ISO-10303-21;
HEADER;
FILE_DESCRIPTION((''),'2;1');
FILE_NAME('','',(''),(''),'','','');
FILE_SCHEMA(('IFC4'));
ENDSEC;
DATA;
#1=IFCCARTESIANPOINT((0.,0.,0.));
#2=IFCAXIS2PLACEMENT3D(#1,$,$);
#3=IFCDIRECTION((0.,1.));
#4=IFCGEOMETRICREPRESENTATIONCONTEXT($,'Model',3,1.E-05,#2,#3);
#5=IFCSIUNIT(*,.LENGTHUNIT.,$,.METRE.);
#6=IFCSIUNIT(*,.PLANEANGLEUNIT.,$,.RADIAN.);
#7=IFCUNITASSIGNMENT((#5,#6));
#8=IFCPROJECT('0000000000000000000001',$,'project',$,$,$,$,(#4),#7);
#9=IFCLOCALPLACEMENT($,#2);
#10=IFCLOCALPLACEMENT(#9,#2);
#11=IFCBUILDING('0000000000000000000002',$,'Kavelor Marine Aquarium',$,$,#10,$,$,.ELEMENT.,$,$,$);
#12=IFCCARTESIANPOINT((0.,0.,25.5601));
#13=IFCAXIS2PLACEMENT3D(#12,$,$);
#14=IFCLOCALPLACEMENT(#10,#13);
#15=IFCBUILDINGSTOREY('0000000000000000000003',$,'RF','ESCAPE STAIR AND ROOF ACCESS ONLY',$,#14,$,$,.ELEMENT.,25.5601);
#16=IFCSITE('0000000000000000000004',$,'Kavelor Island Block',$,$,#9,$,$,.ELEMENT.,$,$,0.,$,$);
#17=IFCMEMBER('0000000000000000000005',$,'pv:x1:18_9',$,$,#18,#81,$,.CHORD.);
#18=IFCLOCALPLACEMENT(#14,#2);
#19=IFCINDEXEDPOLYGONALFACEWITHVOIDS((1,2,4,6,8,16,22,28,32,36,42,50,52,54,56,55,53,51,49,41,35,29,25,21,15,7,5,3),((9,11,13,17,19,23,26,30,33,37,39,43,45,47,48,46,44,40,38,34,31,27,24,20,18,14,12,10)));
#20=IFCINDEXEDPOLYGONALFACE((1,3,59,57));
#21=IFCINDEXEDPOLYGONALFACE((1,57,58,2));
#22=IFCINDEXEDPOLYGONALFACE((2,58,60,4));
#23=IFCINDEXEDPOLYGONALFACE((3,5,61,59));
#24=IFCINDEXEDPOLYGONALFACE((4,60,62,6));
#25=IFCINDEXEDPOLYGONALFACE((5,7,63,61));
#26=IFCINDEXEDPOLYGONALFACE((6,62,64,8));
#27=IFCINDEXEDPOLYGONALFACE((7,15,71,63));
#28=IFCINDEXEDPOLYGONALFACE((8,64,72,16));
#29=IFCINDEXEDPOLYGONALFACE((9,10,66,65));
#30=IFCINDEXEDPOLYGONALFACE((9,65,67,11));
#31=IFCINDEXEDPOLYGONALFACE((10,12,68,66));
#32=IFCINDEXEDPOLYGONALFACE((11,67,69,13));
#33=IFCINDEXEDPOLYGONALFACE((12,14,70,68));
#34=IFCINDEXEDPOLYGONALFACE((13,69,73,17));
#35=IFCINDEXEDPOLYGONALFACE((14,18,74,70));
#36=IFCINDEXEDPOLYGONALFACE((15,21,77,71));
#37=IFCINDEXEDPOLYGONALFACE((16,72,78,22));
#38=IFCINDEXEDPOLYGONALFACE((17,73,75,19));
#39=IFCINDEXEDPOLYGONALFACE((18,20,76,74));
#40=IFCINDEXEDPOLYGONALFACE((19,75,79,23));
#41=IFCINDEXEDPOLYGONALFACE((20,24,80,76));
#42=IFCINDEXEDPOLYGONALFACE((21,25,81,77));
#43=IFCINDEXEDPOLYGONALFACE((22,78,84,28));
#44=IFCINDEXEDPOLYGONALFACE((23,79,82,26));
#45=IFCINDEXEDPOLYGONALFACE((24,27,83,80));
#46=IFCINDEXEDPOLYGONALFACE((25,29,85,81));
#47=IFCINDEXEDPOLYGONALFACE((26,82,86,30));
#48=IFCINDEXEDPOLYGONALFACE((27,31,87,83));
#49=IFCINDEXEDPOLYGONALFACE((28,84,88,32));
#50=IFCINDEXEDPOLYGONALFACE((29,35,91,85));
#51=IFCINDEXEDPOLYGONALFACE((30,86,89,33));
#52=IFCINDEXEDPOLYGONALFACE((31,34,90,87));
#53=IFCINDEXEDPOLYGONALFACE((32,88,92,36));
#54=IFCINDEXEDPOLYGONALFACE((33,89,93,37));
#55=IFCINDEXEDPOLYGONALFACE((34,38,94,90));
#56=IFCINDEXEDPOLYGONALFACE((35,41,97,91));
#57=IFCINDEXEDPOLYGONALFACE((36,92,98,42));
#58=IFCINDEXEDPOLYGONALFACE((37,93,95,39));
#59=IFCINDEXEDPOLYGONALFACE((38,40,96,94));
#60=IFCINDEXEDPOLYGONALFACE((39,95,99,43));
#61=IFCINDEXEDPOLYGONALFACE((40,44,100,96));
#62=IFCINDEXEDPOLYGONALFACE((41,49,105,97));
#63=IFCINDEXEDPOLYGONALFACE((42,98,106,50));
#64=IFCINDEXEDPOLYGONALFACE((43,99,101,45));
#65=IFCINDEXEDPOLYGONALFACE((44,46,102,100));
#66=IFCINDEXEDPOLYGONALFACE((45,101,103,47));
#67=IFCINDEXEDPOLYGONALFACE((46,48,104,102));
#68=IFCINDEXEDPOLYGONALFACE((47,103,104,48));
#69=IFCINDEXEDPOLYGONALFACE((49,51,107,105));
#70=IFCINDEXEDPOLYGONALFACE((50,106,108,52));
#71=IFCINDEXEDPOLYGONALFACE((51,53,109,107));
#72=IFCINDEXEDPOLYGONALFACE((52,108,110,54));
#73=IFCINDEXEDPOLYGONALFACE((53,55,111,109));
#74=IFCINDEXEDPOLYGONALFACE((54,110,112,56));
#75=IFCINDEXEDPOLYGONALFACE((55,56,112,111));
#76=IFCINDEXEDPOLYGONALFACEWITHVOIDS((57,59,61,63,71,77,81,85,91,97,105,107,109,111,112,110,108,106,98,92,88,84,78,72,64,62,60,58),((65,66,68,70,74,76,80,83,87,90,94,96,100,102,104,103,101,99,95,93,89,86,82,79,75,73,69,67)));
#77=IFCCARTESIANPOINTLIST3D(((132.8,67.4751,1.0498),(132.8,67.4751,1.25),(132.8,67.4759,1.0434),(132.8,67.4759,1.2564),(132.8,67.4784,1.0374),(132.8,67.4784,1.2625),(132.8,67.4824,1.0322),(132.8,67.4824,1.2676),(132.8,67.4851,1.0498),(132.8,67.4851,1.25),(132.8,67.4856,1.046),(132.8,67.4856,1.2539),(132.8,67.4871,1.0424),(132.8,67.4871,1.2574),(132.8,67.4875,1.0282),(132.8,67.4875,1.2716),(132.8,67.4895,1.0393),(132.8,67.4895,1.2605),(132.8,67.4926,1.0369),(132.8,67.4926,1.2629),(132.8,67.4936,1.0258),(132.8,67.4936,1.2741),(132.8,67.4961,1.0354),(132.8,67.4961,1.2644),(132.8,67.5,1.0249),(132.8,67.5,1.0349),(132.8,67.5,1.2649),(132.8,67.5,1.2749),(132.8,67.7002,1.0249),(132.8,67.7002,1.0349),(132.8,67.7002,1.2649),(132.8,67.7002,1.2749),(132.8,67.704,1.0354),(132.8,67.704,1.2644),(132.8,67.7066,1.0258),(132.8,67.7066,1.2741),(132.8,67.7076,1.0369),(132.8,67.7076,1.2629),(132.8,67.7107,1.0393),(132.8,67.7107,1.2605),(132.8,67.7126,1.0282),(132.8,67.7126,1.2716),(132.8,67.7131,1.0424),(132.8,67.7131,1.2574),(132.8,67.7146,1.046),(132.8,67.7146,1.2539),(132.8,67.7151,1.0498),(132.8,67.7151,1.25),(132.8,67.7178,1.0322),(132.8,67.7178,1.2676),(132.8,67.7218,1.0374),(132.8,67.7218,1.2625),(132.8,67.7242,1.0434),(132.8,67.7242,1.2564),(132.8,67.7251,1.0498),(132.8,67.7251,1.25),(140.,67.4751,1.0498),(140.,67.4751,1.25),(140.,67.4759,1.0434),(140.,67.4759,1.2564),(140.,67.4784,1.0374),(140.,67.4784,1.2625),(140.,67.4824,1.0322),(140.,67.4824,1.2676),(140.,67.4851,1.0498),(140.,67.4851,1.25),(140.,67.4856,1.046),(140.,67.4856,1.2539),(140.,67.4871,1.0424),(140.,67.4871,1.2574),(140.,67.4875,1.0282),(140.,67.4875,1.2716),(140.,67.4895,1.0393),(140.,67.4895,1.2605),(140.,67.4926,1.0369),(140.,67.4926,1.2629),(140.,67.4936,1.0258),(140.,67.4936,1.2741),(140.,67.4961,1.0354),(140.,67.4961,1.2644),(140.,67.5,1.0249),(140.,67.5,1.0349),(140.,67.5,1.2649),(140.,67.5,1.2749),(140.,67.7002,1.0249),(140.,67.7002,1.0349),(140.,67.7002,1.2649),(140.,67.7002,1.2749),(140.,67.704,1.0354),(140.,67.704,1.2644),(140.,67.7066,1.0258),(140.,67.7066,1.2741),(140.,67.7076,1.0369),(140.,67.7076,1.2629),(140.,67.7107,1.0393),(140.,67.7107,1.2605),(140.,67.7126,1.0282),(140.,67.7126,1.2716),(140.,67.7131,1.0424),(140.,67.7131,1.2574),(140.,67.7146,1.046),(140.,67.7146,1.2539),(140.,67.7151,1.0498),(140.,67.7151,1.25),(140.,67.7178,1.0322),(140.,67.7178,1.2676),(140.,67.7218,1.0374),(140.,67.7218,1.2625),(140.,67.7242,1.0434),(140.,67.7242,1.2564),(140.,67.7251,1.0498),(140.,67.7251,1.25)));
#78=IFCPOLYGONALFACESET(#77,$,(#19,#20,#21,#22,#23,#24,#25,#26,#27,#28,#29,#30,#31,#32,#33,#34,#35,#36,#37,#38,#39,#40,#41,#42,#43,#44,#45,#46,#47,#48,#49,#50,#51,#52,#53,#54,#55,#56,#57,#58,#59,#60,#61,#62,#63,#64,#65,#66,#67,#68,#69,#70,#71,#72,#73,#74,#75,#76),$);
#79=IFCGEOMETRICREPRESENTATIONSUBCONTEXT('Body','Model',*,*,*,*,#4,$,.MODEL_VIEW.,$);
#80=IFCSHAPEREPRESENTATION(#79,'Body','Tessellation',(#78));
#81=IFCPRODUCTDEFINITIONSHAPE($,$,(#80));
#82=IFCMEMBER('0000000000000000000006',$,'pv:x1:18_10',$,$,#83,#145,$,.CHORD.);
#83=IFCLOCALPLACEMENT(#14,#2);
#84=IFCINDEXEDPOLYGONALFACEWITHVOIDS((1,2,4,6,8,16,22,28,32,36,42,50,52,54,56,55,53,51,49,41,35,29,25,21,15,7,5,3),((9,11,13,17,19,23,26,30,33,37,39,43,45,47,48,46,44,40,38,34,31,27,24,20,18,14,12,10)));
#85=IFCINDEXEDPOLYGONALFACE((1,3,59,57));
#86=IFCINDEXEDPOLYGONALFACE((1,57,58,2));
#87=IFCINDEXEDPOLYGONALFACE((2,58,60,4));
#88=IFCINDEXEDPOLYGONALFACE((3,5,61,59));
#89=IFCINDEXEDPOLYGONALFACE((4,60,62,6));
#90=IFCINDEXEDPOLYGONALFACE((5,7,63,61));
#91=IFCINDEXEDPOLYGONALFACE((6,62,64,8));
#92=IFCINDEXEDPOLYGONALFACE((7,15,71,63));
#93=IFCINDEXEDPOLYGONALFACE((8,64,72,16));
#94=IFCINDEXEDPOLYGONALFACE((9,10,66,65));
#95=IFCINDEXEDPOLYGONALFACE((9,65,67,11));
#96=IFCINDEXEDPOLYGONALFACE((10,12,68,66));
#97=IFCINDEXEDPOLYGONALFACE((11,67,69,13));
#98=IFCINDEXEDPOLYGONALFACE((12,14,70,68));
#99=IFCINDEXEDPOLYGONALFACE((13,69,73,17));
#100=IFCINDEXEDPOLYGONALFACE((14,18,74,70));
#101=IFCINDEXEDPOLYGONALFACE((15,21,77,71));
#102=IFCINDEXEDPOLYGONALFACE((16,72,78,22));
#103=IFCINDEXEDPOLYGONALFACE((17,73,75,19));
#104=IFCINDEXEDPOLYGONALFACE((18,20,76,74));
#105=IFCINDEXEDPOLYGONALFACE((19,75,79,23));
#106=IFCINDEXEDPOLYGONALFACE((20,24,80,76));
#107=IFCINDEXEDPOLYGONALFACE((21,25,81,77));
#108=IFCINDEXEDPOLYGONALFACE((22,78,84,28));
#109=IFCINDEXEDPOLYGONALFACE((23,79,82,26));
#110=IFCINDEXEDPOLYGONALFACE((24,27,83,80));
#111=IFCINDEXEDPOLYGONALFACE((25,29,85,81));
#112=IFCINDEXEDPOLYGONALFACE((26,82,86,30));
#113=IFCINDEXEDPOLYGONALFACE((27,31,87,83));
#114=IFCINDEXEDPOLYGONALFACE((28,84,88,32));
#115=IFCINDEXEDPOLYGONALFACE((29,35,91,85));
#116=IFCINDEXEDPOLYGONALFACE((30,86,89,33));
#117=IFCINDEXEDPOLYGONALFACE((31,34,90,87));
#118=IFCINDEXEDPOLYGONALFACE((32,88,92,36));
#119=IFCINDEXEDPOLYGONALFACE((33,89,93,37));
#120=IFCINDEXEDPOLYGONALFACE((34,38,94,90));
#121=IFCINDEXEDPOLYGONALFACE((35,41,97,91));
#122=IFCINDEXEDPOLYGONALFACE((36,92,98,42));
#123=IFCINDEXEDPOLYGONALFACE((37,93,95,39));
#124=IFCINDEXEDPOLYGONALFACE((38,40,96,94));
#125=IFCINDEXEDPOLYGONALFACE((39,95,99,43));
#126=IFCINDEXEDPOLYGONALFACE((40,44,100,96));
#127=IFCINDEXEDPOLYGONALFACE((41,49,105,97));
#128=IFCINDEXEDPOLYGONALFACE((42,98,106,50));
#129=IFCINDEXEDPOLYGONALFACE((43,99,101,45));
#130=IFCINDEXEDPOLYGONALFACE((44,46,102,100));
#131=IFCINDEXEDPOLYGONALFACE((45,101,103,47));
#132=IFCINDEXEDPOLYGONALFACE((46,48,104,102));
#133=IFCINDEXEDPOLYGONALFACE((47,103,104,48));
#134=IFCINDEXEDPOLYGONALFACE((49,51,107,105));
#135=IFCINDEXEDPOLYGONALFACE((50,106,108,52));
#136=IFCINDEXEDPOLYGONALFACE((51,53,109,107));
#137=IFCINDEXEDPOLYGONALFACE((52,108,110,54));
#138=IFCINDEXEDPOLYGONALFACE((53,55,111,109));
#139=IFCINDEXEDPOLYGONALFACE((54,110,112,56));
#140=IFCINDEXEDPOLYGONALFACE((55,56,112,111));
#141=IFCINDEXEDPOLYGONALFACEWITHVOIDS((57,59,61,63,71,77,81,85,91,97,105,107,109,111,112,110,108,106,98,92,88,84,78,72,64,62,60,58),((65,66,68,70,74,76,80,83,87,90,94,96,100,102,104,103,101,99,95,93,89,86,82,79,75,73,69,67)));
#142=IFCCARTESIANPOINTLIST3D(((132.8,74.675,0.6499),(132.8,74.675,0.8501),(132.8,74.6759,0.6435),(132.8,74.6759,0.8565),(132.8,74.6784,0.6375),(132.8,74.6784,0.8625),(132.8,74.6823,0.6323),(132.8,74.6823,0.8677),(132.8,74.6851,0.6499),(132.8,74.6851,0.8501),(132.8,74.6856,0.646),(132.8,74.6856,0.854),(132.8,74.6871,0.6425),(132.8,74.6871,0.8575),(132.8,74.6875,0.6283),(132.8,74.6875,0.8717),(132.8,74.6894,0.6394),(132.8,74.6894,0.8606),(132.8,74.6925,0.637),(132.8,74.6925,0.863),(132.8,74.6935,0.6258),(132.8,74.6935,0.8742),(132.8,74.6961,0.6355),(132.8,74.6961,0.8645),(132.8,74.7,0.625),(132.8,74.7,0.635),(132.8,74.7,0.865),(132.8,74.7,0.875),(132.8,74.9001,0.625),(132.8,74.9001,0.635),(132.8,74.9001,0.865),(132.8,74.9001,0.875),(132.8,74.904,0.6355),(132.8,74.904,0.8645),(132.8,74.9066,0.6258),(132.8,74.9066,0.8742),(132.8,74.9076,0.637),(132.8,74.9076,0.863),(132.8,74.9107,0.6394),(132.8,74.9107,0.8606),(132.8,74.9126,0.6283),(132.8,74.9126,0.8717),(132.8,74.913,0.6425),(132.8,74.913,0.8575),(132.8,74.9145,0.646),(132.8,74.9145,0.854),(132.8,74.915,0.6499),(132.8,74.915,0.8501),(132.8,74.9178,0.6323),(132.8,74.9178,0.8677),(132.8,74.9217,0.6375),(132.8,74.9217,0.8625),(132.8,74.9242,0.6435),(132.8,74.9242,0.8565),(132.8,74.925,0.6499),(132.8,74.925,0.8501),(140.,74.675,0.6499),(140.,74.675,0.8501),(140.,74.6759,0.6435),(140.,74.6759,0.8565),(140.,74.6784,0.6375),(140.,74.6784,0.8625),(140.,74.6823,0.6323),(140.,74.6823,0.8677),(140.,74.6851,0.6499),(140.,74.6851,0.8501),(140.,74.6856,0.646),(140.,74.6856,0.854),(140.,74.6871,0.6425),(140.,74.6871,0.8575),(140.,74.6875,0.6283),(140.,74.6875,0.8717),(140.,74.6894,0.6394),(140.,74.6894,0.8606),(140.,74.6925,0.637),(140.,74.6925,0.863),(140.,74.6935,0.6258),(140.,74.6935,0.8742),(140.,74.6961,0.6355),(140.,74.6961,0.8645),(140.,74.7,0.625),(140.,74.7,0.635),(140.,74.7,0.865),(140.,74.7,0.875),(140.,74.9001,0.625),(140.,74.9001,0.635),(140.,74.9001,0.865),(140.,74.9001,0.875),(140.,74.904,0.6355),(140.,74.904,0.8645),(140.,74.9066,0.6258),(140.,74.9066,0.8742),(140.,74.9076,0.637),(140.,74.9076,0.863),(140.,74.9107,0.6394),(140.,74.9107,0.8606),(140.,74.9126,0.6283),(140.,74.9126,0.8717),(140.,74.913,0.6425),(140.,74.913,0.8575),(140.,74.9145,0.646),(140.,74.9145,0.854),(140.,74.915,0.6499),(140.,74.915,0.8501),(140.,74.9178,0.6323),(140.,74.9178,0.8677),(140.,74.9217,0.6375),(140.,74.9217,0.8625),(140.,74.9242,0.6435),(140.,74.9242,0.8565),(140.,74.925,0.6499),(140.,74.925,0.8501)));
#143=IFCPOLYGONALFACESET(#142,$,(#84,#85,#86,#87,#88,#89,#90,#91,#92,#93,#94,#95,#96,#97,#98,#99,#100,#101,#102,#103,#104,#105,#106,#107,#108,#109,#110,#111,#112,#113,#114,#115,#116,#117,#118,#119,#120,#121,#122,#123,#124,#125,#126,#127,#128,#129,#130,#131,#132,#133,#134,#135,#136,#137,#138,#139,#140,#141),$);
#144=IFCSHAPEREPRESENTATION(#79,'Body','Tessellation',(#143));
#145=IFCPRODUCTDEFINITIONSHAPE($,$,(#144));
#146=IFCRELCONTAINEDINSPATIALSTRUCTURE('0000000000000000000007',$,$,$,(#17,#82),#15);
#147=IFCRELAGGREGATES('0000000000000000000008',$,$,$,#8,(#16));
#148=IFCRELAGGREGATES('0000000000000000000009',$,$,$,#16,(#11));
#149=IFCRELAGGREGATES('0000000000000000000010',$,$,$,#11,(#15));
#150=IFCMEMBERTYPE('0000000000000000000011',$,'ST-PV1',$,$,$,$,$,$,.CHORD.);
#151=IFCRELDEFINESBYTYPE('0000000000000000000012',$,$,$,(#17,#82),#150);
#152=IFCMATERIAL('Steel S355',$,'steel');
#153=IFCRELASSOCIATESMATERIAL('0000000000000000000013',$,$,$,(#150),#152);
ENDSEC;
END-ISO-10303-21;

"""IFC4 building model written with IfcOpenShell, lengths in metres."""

from ifc_helpers import new_model, si_unit, direction, frame, origin, origin_2d, place, context, subcontext, project, spatial, hollow_rectangle, extrude, material, material_profile, profile_set, type_object, element, save


model = new_model("IFC4")

# Units and contexts
model_context = context("Model", 3, precision=1e-05, world=origin(), true_north=direction((0.0, 1.0)))
body_context = subcontext(model_context, "Body", "Model", "MODEL_VIEW")
ifc_project = project(units=[si_unit("LENGTHUNIT", "METRE"), si_unit("PLANEANGLEUNIT", "RADIAN")], contexts=[model_context])

# Site, building, storey
site_placement = place(None, origin())
site = spatial("IfcSite", under=ifc_project, at=site_placement, Name="Kavelor Island Block", CompositionType="ELEMENT", RefElevation=0.0)
building_placement = place(site_placement, origin())
building = spatial("IfcBuilding", under=site, at=building_placement, Name="Kavelor Marine Aquarium", CompositionType="ELEMENT")
storey_placement = place(building_placement, frame((0.0, 0.0, 25.5601)))
storey = spatial("IfcBuildingStorey", under=building, at=storey_placement, Name="RF", Description="ESCAPE STAIR AND ROOF ACCESS ONLY", CompositionType="ELEMENT", Elevation=25.5601)

# Members
ifc_material_1 = material(Name="Steel S355", Category="steel")
ifc_material_profile_1 = material_profile(ifc_material_1, hollow_rectangle(XDim=0.25, YDim=0.25, WallThickness=0.01, InnerFilletRadius=0.0149, OuterFilletRadius=0.0249, at=origin_2d()), Name="SHS 250x250x10.0")
ifc_profile_set_1 = profile_set([ifc_material_profile_1], Name="Steel S355")
member_type_1 = type_object("IfcMemberType", Name="ST-PV1", PredefinedType="CHORD", material=ifc_profile_set_1)
for number, where, z_axis, x_axis, name in (
    (1, (132.8, 67.6001, 1.1499), (1.0, 0.0, 0.0), (0.0, 1.0, 0.0), "pv:x1:18_9"),
    (2, (132.8, 74.8, 0.75), (1.0, 0.0, 0.0), (0.0, 1.0, 0.0), "pv:x1:18_10"),
):
    element("IfcMember", number, at=place(storey_placement, frame(where, z_axis=z_axis, x_axis=x_axis)), inside=storey, type_object=member_type_1, Name=name, PredefinedType="CHORD", context=body_context, shape_type="SweptSolid", body=[
        extrude(hollow_rectangle(XDim=0.25, YDim=0.25, WallThickness=0.01, InnerFilletRadius=0.0149, OuterFilletRadius=0.0249, at=origin_2d()), origin(), (0.0, 0.0, 1.0), 7.2),
    ])

save(model, "model.ifc")
